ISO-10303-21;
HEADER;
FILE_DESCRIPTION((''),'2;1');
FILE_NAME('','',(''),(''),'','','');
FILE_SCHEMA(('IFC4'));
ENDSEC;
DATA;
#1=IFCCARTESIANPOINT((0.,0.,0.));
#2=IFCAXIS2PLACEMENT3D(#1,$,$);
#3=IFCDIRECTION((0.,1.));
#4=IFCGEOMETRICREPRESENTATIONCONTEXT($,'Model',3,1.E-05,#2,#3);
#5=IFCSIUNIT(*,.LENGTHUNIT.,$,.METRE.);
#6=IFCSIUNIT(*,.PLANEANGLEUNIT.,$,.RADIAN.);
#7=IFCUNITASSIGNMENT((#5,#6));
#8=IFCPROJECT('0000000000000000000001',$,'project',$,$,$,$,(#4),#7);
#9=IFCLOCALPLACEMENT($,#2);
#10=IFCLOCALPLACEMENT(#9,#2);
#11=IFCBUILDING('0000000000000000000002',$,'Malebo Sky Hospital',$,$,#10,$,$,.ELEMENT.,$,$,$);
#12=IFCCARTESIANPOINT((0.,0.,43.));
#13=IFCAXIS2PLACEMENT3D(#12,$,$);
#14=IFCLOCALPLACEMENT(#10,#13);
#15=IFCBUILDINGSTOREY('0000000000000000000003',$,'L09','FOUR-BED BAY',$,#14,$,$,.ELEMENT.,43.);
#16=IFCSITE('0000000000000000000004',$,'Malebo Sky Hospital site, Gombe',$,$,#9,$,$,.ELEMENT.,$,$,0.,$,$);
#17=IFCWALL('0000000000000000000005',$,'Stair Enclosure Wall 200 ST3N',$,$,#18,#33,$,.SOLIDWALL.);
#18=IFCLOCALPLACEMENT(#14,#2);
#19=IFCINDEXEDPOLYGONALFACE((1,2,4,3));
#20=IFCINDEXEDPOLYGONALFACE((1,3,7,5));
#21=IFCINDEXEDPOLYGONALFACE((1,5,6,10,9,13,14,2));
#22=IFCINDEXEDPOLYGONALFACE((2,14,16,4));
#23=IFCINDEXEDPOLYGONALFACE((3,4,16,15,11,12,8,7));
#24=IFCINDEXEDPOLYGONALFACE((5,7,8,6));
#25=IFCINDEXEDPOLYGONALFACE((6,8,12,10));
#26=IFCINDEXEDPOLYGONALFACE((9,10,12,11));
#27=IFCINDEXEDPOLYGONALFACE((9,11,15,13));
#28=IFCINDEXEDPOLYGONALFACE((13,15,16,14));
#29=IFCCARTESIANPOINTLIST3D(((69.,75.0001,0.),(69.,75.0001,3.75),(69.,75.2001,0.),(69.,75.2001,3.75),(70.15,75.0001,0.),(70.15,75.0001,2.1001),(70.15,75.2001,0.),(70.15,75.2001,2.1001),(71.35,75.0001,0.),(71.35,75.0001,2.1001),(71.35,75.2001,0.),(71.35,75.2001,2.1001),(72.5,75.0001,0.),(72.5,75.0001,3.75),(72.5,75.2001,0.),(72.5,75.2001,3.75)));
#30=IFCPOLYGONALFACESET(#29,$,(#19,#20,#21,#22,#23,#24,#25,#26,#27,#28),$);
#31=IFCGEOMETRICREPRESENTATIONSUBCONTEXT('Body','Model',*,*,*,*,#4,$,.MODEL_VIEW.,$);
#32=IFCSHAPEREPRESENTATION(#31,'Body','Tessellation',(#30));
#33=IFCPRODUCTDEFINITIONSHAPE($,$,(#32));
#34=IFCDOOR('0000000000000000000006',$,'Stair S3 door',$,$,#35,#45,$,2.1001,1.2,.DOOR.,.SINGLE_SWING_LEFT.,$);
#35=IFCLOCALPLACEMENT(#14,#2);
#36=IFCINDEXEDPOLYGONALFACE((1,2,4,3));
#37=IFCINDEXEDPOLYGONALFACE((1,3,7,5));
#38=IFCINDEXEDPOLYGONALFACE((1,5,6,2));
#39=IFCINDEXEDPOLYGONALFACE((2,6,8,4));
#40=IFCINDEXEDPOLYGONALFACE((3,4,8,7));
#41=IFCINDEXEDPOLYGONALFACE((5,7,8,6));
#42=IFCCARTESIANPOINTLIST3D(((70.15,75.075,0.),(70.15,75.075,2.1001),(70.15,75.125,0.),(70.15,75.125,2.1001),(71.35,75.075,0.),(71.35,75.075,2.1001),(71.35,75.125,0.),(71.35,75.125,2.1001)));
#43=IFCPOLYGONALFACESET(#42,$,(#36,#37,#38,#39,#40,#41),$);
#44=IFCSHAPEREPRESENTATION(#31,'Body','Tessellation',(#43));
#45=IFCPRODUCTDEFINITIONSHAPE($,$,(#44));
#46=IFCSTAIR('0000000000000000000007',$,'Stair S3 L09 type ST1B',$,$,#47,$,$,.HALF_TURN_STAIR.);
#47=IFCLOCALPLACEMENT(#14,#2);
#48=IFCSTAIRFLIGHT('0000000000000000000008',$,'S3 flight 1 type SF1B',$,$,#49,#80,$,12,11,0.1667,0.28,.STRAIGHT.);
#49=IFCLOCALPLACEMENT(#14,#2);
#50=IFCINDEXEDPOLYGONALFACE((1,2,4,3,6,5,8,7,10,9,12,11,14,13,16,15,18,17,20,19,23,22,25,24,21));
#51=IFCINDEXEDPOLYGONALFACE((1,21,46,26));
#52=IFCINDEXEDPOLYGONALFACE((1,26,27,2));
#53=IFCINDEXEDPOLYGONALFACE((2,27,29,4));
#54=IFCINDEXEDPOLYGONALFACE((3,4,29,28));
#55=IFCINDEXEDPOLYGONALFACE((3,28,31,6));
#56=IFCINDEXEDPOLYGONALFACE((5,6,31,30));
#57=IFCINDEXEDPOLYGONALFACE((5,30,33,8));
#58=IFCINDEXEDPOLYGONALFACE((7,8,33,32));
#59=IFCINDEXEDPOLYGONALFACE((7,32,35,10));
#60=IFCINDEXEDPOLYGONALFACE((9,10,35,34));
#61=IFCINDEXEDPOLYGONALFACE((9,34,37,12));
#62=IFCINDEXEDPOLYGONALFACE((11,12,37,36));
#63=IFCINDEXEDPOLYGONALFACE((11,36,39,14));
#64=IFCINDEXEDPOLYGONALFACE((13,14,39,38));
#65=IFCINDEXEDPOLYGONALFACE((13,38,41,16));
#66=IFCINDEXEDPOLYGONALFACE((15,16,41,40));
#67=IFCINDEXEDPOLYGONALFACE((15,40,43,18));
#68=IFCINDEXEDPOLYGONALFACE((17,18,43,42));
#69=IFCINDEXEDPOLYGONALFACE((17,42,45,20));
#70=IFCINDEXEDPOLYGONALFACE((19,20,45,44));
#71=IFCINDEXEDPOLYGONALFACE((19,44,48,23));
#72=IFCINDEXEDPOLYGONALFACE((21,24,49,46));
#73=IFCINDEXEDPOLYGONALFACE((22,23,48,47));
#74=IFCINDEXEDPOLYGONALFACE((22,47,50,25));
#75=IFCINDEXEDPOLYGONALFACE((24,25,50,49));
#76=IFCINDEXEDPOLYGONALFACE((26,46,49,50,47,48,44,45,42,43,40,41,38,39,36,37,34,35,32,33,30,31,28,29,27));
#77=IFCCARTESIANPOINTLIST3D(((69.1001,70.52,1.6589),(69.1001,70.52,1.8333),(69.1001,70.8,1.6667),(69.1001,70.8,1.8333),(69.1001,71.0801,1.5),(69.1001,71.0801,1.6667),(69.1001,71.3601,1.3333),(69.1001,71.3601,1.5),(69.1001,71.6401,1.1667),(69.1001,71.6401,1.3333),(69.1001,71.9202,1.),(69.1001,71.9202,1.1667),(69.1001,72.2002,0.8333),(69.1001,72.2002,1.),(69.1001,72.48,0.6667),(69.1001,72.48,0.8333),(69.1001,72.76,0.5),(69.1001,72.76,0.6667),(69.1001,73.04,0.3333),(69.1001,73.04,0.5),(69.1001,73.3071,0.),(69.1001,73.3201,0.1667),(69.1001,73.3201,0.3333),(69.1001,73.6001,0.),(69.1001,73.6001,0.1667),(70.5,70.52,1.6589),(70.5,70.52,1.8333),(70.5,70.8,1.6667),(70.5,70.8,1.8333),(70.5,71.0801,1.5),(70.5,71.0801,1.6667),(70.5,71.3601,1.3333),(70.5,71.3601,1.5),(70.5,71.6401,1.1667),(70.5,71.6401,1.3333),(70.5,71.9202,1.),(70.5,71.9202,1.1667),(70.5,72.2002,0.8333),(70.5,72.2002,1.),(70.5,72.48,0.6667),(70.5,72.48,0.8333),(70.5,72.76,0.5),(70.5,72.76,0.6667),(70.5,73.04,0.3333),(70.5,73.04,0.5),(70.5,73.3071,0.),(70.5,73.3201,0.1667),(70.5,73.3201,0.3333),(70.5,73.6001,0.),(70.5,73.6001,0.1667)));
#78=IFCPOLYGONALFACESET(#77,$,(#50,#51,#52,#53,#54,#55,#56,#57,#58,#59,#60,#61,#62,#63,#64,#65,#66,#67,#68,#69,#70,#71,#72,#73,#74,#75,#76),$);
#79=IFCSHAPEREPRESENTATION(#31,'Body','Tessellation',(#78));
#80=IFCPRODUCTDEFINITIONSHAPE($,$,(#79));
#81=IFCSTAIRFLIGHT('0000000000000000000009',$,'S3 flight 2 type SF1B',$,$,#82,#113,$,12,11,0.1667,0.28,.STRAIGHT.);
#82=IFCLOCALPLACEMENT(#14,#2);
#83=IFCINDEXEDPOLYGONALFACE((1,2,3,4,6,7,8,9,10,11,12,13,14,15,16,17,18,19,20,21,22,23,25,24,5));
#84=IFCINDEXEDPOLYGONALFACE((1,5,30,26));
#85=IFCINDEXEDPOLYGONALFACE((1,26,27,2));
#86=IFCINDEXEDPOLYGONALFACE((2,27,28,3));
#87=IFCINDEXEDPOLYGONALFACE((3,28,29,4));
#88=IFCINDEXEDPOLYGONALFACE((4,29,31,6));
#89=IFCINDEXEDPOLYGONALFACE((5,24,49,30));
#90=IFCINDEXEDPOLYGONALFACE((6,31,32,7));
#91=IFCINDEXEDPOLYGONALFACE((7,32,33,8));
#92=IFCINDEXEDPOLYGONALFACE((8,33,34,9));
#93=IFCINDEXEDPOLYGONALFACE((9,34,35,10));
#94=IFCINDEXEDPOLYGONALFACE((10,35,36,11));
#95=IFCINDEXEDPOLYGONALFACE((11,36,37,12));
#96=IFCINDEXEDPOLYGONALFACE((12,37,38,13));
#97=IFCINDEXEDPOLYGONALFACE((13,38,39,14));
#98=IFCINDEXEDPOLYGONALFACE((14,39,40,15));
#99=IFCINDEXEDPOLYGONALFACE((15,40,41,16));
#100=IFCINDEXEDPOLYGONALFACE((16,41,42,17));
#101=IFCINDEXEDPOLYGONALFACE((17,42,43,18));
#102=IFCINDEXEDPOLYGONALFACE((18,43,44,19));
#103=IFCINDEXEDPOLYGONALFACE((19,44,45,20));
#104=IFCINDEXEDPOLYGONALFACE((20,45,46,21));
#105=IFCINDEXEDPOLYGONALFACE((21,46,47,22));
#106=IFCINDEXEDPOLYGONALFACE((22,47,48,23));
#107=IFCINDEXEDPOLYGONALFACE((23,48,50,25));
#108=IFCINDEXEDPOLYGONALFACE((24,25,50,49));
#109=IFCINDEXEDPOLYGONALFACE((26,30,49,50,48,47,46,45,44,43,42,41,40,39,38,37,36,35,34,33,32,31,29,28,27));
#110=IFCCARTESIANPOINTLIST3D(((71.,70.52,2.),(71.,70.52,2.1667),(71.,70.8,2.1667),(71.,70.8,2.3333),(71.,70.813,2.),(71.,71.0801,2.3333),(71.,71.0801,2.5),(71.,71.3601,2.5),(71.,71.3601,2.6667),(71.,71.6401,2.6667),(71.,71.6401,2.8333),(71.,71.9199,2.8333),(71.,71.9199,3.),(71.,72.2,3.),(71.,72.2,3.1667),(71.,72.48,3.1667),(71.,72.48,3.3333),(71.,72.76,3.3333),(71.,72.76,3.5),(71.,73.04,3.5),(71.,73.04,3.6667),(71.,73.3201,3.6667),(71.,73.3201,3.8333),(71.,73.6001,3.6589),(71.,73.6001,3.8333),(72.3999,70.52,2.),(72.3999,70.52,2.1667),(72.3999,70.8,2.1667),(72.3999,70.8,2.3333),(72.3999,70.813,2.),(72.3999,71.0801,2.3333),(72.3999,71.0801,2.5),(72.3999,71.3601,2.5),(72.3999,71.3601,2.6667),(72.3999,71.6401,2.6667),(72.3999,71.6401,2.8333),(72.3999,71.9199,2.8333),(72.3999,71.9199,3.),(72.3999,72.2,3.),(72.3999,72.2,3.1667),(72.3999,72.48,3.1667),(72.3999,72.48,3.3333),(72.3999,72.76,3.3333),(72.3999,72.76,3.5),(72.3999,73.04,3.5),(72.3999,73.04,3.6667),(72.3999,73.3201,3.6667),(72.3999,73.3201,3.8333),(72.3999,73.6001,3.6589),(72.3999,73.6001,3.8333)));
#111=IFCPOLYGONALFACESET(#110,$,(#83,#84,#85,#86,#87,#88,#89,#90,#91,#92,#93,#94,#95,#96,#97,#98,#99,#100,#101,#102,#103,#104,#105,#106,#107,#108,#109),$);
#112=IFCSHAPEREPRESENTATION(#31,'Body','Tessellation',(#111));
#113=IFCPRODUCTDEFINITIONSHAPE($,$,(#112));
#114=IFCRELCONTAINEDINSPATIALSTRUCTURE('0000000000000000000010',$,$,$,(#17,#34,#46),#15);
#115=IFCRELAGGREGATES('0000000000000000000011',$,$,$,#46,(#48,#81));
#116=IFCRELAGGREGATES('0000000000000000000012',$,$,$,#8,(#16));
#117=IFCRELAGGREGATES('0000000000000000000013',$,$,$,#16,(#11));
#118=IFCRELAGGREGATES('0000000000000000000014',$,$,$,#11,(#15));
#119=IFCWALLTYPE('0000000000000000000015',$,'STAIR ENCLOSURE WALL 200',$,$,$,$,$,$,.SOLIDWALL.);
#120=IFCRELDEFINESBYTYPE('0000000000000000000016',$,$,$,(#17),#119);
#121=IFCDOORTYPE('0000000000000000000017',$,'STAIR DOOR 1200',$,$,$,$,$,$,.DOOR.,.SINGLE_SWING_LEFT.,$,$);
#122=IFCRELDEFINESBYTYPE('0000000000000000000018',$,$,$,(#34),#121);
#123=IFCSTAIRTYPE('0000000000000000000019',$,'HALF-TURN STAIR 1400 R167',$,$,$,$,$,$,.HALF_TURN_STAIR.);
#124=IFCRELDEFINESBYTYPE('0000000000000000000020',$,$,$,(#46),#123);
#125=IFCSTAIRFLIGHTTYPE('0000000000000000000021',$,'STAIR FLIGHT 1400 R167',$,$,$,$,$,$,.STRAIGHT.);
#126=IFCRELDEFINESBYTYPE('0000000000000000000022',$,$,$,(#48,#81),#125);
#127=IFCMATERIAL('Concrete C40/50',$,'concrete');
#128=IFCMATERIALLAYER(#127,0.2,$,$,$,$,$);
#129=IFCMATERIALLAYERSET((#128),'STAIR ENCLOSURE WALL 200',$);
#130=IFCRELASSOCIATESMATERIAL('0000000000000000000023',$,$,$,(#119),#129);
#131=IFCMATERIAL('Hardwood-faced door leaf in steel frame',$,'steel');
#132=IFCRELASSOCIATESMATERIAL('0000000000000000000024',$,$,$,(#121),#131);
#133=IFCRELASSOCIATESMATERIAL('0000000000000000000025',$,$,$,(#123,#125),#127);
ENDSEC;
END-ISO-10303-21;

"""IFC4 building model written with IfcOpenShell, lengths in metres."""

from ifc_helpers import new_model, si_unit, direction, frame, frame_2d, origin, place, context, subcontext, project, spatial, polyline, rectangle, outline, extrude, material, layer, layer_set, type_object, element, fill, aggregate, save


model = new_model("IFC4")

# Units and contexts
model_context = context("Model", 3, precision=1e-05, world=origin(), true_north=direction((0.0, 1.0)))
body_context = subcontext(model_context, "Body", "Model", "MODEL_VIEW")
ifc_project = project(units=[si_unit("LENGTHUNIT", "METRE"), si_unit("PLANEANGLEUNIT", "RADIAN")], contexts=[model_context])

# Site, building, storey
site_placement = place(None, origin())
site = spatial("IfcSite", under=ifc_project, at=site_placement, Name="Malebo Sky Hospital site, Gombe", CompositionType="ELEMENT", RefElevation=0.0)
building_placement = place(site_placement, origin())
building = spatial("IfcBuilding", under=site, at=building_placement, Name="Malebo Sky Hospital", CompositionType="ELEMENT")
storey_placement = place(building_placement, frame((0.0, 0.0, 43.0)))
storey = spatial("IfcBuildingStorey", under=building, at=storey_placement, Name="L09", Description="FOUR-BED BAY", CompositionType="ELEMENT", Elevation=43.0)

# Shared definitions
ifc_material_1 = material(Name="Hardwood-faced door leaf in steel frame", Category="steel")

# Shared definitions
ifc_material_2 = material(Name="Concrete C40/50", Category="concrete")
ifc_layer_1 = layer(ifc_material_2, 0.2)
ifc_layer_set_1 = layer_set([ifc_layer_1], Name="STAIR ENCLOSURE WALL 200")
wall_type_1 = type_object("IfcWallType", Name="STAIR ENCLOSURE WALL 200", PredefinedType="SOLIDWALL", material=ifc_layer_set_1)

# Wall, opening, door
wall_1_placement = place(storey_placement, frame((69.0, 75.1001, 0.0), z_axis=(0.0, 0.0, 1.0), x_axis=(1.0, 0.0, 0.0)))
wall_1 = element("IfcWall", 1, at=wall_1_placement, inside=storey, type_object=wall_type_1, Name="Stair Enclosure Wall 200 ST3N", PredefinedType="SOLIDWALL", context=body_context, shape_type="SweptSolid", body=[
    extrude(rectangle(XDim=3.5, YDim=0.2, at=frame_2d((1.75, 0.0))), origin(), (0.0, 0.0, 1.0), 3.75),
])
opening_1_placement = place(wall_1_placement, frame((1.1499, 0.0, 0.0)))
opening_1 = element("IfcOpeningElement", 2, at=opening_1_placement, cuts=wall_1, PredefinedType="OPENING", context=body_context, shape_type="SweptSolid", body=[
    extrude(rectangle(XDim=1.2, YDim=2.1001, at=frame_2d((0.6001, 1.05))), frame((0.0, 0.1099, 0.0), z_axis=(0.0, -1.0, 0.0), x_axis=(1.0, 0.0, 0.0)), (0.0, 0.0, 1.0), 0.22),
])
door_type_1 = type_object("IfcDoorType", Name="STAIR DOOR 1200", OperationType="SINGLE_SWING_LEFT", PredefinedType="DOOR", material=ifc_material_1)
door_1_placement = place(opening_1_placement, origin())
door_1 = element("IfcDoor", 3, at=door_1_placement, inside=storey, type_object=door_type_1, Name="Stair S3 door", OperationType="SINGLE_SWING_LEFT", OverallHeight=2.1001, OverallWidth=1.2, PredefinedType="DOOR", context=body_context, shape_type="SweptSolid", body=[
    extrude(rectangle(XDim=1.2, YDim=2.1001, at=frame_2d((0.6001, 1.05))), frame((0.0, 0.0249, 0.0), z_axis=(0.0, -1.0, 0.0), x_axis=(1.0, 0.0, 0.0)), (0.0, 0.0, 1.0), 0.05),
])
fill(opening_1, door_1)

# Stair, stair flights
stair_type = type_object("IfcStairType", Name="HALF-TURN STAIR 1400 R167", PredefinedType="HALF_TURN_STAIR", material=ifc_material_2)
stair_placement = place(storey_placement, origin())
stair = element("IfcStair", 4, at=stair_placement, inside=storey, type_object=stair_type, Name="Stair S3 L09 type ST1B", PredefinedType="HALF_TURN_STAIR")
stair_flight_type = type_object("IfcStairFlightType", Name="STAIR FLIGHT 1400 R167", PredefinedType="STRAIGHT", material=ifc_material_2)
stair_flight_1_placement = place(storey_placement, frame((69.8, 73.6001, 0.0), z_axis=(0.0, 0.0, 1.0), x_axis=(0.0, -1.0, 0.0)))
stair_flight_1 = element("IfcStairFlight", 5, at=stair_flight_1_placement, type_object=stair_flight_type, Name="S3 flight 1 type SF1B", NumberOfRisers=12, NumberOfTreads=11, PredefinedType="STRAIGHT", RiserHeight=0.1667, TreadLength=0.28, context=body_context, shape_type="SweptSolid", body=[
    extrude(outline(polyline([(0.0, 0.0), (0.0, 0.1667), (0.28, 0.1667), (0.28, 0.3333), (0.5601, 0.3333), (0.5601, 0.5), (0.8401, 0.5), (0.8401, 0.6667), (1.1201, 0.6667), (1.1201, 0.8333), (1.3999, 0.8333), (1.3999, 1.0), (1.6799, 1.0), (1.6799, 1.1667), (1.96, 1.1667), (1.96, 1.3333), (2.24, 1.3333), (2.24, 1.5), (2.52, 1.5), (2.52, 1.6667), (2.8, 1.6667), (2.8, 1.8333), (3.0801, 1.8333), (3.0801, 2.0), (3.0801, 1.6589), (0.293, 0.0), (0.0, 0.0)])), frame((0.0, 0.7, 0.0), z_axis=(0.0, -1.0, 0.0), x_axis=(1.0, 0.0, 0.0)), (0.0, 0.0, 1.0), 1.3999),
])
stair_flight_2_placement = place(storey_placement, frame((71.7, 70.52, 2.0), z_axis=(0.0, 0.0, 1.0), x_axis=(0.0, 1.0, 0.0)))
stair_flight_2 = element("IfcStairFlight", 6, at=stair_flight_2_placement, type_object=stair_flight_type, Name="S3 flight 2 type SF1B", NumberOfRisers=12, NumberOfTreads=11, PredefinedType="STRAIGHT", RiserHeight=0.1667, TreadLength=0.28, context=body_context, shape_type="SweptSolid", body=[
    extrude(outline(polyline([(0.0, 0.0), (0.0, 0.1667), (0.28, 0.1667), (0.28, 0.3333), (0.5601, 0.3333), (0.5601, 0.5), (0.8401, 0.5), (0.8401, 0.6667), (1.1201, 0.6667), (1.1201, 0.8333), (1.3999, 0.8333), (1.3999, 1.0), (1.6799, 1.0), (1.6799, 1.1667), (1.96, 1.1667), (1.96, 1.3333), (2.24, 1.3333), (2.24, 1.5), (2.52, 1.5), (2.52, 1.6667), (2.8, 1.6667), (2.8, 1.8333), (3.0801, 1.8333), (3.0801, 2.0), (3.0801, 1.6589), (0.293, 0.0), (0.0, 0.0)])), frame((0.0, 0.7, 0.0), z_axis=(0.0, -1.0, 0.0), x_axis=(1.0, 0.0, 0.0)), (0.0, 0.0, 1.0), 1.3999),
])
aggregate(stair, [stair_flight_1, stair_flight_2])

save(model, "model.ifc")
